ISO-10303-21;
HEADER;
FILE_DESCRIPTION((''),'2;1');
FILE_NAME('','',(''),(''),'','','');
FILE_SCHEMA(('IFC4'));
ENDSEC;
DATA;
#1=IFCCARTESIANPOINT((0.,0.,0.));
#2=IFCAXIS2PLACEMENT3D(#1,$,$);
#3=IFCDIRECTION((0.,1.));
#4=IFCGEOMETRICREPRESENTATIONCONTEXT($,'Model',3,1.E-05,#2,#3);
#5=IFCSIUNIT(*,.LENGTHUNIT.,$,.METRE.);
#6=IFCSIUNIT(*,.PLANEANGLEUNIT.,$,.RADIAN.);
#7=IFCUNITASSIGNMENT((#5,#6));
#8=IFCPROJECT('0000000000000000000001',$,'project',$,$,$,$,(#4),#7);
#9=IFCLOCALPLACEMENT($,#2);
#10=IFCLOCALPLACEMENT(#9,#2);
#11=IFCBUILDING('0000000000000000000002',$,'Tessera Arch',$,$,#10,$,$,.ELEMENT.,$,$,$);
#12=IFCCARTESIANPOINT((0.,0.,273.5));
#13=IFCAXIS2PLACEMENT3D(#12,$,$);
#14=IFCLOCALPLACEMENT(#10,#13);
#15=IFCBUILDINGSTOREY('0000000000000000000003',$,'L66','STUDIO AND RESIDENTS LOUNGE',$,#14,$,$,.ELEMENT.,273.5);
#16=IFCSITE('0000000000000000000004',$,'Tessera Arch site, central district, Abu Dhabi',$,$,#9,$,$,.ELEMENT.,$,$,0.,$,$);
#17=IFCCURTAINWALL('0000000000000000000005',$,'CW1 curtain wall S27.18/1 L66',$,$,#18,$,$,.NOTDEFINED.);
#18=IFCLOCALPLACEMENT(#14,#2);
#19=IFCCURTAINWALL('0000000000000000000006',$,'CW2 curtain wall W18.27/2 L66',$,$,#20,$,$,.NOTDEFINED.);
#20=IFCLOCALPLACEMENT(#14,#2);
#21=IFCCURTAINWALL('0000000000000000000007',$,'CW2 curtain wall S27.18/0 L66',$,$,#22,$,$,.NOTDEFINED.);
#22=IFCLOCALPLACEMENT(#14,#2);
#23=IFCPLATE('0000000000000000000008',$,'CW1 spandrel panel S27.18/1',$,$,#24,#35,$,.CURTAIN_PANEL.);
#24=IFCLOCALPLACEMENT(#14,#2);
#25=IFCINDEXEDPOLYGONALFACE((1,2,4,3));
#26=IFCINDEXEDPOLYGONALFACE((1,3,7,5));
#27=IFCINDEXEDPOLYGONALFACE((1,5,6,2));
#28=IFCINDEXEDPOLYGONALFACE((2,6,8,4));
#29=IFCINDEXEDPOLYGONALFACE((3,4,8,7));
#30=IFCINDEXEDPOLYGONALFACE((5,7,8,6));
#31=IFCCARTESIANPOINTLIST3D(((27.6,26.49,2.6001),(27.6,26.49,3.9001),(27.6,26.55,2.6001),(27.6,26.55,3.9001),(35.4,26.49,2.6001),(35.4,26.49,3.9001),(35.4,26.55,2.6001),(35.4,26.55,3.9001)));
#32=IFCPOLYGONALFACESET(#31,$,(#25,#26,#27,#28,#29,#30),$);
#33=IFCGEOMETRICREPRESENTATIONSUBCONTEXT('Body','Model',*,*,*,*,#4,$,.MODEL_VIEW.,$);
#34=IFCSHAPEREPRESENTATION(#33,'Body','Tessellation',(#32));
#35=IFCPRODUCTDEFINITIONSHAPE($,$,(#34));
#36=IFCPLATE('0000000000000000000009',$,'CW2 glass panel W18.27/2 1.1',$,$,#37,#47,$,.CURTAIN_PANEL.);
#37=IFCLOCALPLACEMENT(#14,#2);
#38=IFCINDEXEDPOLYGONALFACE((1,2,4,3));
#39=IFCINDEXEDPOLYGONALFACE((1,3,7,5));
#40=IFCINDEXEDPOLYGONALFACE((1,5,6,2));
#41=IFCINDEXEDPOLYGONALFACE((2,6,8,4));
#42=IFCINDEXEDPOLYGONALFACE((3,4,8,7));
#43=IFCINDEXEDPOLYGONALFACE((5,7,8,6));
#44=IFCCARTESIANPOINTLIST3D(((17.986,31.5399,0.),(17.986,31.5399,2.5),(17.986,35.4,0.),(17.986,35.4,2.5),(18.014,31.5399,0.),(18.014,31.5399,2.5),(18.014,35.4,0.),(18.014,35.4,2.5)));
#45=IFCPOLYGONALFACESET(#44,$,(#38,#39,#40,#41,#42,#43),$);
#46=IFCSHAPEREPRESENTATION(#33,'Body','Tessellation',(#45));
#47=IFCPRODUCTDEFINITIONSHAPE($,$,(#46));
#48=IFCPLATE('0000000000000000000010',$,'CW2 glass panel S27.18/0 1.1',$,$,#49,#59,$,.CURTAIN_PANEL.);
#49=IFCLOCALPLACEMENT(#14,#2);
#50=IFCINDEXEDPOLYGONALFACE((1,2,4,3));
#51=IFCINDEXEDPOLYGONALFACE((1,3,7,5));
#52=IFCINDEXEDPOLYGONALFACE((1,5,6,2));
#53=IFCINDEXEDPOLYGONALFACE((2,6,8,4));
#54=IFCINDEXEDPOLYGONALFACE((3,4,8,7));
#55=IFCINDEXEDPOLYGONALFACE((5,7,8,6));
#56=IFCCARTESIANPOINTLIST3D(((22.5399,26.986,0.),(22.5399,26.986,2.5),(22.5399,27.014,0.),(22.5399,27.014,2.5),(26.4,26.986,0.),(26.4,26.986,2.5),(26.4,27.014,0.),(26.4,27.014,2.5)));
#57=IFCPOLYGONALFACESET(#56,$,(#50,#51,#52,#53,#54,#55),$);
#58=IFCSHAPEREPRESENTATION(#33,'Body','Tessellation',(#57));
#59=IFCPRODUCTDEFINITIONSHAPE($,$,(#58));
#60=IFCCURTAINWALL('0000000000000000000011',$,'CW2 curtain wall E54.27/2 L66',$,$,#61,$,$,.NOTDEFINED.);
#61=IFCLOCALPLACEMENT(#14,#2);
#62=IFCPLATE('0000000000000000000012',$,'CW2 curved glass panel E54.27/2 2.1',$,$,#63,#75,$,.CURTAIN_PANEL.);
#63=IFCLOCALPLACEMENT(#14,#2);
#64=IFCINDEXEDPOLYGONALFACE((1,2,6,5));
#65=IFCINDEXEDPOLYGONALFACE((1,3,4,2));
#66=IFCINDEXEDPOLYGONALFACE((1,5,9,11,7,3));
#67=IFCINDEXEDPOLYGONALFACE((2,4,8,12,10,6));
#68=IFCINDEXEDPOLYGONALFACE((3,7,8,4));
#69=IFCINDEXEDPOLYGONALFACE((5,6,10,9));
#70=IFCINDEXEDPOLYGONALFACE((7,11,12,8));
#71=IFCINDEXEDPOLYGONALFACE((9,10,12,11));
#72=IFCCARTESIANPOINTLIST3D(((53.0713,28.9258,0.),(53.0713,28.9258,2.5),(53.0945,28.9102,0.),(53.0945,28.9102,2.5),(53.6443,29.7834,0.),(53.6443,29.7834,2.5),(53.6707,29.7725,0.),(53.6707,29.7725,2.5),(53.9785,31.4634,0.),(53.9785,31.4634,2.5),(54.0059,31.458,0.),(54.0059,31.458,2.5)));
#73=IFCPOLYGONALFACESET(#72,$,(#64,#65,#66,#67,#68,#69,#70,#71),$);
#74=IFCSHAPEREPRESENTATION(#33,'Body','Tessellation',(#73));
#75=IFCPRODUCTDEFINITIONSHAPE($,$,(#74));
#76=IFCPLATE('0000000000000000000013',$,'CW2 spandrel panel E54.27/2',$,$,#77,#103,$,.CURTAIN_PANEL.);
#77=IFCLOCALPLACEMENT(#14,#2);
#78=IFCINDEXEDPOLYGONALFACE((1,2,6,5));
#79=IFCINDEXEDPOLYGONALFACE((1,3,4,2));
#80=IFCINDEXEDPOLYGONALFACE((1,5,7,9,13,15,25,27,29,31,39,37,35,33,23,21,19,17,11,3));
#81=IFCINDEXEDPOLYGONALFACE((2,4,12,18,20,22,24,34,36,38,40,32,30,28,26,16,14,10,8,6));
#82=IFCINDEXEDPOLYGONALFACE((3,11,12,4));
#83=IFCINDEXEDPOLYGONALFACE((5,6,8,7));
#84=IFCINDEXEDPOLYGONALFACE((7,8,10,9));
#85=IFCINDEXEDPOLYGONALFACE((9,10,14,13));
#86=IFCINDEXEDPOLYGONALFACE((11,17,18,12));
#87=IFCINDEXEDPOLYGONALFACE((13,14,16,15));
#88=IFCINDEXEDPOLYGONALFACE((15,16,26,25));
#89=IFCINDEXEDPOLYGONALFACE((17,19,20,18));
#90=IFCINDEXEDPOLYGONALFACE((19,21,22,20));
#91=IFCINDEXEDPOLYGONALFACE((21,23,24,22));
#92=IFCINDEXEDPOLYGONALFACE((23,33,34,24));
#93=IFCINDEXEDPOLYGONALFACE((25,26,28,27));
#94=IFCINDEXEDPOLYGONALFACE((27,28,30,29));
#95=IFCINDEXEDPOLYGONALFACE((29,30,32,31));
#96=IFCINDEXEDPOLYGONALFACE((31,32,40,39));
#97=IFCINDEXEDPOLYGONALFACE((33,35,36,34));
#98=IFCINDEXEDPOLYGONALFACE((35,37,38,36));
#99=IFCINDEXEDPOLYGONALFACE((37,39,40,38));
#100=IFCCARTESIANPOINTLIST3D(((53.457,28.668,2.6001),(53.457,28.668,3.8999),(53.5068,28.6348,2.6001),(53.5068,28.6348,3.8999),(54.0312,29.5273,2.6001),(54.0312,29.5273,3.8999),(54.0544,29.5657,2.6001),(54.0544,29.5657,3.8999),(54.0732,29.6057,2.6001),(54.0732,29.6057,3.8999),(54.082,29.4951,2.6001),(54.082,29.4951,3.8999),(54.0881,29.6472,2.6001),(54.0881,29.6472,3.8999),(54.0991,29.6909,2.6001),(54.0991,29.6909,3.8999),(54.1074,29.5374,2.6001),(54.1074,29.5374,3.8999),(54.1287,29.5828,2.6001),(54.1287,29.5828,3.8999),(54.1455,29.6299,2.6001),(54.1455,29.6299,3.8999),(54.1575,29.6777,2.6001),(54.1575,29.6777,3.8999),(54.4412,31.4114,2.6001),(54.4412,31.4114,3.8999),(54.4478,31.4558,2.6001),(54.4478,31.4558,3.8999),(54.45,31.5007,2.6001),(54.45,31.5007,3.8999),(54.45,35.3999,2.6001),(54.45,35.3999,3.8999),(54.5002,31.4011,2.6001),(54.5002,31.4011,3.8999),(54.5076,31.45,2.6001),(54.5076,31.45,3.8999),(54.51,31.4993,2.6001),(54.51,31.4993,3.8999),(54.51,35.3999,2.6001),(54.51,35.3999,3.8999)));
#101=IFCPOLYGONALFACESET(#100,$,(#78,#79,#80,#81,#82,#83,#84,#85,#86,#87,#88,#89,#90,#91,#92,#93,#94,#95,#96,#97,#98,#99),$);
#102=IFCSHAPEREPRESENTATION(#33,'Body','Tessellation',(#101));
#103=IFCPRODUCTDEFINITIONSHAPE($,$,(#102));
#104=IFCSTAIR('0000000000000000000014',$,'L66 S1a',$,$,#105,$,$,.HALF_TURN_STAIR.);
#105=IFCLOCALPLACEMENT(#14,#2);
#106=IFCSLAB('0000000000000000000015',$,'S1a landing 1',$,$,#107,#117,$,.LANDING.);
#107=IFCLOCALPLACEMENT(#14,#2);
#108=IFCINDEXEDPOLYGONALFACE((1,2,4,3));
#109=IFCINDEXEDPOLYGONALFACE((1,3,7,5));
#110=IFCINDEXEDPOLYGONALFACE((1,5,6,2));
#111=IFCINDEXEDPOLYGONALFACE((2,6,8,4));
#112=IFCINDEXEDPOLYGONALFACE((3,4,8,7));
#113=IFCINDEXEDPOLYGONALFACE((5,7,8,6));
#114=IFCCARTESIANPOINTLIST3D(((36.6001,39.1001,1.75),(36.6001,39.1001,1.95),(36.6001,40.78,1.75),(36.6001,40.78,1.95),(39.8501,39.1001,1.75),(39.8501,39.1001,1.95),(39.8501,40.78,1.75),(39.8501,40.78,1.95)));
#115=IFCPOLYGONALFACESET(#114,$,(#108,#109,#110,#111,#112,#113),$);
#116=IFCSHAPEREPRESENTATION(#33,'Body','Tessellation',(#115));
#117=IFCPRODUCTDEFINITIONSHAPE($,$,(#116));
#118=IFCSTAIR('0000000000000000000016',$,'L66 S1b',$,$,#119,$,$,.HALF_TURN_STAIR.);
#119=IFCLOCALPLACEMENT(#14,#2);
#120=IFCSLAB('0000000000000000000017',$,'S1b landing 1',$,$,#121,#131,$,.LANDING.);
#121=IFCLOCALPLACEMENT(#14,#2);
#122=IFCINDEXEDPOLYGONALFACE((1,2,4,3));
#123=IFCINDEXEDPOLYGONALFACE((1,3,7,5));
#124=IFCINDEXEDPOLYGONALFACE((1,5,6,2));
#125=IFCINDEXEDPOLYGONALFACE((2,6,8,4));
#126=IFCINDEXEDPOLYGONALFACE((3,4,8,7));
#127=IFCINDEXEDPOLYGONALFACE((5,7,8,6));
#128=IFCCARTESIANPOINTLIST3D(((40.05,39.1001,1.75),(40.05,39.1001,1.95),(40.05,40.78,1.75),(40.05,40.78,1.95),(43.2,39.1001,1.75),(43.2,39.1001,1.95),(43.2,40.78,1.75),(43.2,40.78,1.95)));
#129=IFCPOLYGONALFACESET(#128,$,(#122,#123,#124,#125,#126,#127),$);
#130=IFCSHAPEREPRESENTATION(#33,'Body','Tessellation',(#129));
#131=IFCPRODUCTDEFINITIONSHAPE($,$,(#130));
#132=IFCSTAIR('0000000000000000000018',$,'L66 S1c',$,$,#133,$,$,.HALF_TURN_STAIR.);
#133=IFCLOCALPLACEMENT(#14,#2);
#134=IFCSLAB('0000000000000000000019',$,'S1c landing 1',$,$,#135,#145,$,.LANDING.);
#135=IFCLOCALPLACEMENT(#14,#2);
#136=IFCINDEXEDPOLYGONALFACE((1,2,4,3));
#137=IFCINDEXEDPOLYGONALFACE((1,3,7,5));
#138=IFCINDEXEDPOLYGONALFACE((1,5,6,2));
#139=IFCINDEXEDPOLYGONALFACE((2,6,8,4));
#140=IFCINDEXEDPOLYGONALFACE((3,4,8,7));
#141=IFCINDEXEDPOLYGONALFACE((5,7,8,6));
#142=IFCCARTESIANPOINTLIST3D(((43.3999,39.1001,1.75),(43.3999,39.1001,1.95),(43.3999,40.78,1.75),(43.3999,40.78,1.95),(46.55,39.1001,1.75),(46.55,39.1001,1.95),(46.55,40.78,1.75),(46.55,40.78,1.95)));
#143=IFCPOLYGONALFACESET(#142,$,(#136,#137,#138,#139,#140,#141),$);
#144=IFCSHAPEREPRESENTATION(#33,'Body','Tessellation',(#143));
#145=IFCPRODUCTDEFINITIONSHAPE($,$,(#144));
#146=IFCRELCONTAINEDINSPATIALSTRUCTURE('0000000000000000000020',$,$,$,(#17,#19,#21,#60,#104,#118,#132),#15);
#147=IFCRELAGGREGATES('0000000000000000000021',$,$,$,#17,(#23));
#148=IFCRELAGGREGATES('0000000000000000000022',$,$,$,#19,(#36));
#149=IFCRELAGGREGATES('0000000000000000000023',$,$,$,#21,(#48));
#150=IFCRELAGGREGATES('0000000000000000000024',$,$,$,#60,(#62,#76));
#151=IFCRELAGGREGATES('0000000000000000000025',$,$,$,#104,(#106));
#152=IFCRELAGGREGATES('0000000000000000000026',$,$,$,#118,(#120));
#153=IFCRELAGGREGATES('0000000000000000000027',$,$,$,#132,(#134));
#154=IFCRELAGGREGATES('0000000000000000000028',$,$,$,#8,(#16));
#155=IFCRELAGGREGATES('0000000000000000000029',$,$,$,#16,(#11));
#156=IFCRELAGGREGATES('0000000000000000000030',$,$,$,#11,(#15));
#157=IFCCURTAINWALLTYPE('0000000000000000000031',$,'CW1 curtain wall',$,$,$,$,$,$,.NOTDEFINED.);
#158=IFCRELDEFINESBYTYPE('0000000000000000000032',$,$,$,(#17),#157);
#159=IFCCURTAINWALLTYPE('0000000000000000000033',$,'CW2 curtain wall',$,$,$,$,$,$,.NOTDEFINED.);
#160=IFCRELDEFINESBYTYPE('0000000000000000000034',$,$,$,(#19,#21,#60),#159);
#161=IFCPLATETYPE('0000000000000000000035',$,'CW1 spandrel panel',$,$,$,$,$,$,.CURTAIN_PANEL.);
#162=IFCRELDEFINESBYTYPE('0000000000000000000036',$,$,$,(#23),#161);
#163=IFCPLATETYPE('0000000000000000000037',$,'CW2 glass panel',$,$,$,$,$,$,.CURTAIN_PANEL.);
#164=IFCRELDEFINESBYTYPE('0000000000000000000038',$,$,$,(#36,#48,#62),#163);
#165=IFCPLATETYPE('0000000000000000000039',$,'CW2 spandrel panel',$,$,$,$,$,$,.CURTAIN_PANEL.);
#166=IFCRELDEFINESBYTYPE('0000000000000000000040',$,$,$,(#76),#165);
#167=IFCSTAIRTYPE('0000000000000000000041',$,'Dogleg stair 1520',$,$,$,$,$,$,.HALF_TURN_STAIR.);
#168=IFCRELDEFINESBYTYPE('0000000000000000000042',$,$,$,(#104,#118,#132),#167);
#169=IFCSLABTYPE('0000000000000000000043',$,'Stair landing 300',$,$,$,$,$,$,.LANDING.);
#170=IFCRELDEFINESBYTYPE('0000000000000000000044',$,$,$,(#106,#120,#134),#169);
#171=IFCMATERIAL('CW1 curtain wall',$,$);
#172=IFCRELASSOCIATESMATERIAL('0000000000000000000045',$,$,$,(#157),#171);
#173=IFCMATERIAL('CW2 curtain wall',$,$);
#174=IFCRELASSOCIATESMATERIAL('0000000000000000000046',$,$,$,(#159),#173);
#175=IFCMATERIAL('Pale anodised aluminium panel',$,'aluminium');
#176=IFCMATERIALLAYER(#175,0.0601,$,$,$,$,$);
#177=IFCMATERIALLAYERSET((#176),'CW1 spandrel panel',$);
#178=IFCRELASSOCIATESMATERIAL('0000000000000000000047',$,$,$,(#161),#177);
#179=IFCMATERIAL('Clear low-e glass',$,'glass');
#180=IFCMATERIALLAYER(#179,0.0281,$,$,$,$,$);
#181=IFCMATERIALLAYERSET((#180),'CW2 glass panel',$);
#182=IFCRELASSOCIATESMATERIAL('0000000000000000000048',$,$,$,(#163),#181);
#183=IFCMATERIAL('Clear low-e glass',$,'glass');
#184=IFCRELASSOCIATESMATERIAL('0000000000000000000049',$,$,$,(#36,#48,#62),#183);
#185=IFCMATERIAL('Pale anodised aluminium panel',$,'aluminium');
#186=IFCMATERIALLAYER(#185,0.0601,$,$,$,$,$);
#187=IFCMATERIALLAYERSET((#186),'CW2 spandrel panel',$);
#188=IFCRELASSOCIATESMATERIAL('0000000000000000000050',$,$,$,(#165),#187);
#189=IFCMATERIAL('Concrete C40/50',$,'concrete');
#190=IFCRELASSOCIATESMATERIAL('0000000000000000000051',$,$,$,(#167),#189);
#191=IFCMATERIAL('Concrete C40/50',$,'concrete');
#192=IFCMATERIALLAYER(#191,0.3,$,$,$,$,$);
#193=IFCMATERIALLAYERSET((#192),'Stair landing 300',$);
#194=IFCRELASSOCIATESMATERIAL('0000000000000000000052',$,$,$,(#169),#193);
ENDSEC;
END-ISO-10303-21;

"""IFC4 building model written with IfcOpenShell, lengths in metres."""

from ifc_helpers import new_model, si_unit, direction, frame, origin, origin_2d, place, context, subcontext, project, spatial, polyline, rectangle, outline, extrude, material, layer, layer_set, type_object, element, aggregate, save


model = new_model("IFC4")

# Units and contexts
model_context = context("Model", 3, precision=1e-05, world=origin(), true_north=direction((0.0, 1.0)))
body_context = subcontext(model_context, "Body", "Model", "MODEL_VIEW")
ifc_project = project(units=[si_unit("LENGTHUNIT", "METRE"), si_unit("PLANEANGLEUNIT", "RADIAN")], contexts=[model_context])

# Site, building, storey
site_placement = place(None, origin())
site = spatial("IfcSite", under=ifc_project, at=site_placement, Name="Tessera Arch site, central district, Abu Dhabi", CompositionType="ELEMENT", RefElevation=0.0)
building_placement = place(site_placement, origin())
building = spatial("IfcBuilding", under=site, at=building_placement, Name="Tessera Arch", CompositionType="ELEMENT")
storey_placement = place(building_placement, frame((0.0, 0.0, 273.5)))
storey = spatial("IfcBuildingStorey", under=building, at=storey_placement, Name="L66", Description="STUDIO AND RESIDENTS LOUNGE", CompositionType="ELEMENT", Elevation=273.5)

# Curtain wall
ifc_material_1 = material(Name="CW1 curtain wall")
curtain_wall_type_1 = type_object("IfcCurtainWallType", Name="CW1 curtain wall", PredefinedType="NOTDEFINED", material=ifc_material_1)
curtain_wall_1_placement = place(storey_placement, origin())
curtain_wall_1 = element("IfcCurtainWall", 1, at=curtain_wall_1_placement, inside=storey, type_object=curtain_wall_type_1, Name="CW1 curtain wall S27.18/1 L66", PredefinedType="NOTDEFINED")

# Curtain walls
ifc_material_2 = material(Name="CW2 curtain wall")
curtain_wall_type_2 = type_object("IfcCurtainWallType", Name="CW2 curtain wall", PredefinedType="NOTDEFINED", material=ifc_material_2)
curtain_wall_2_placement = place(storey_placement, origin())
curtain_wall_2 = element("IfcCurtainWall", 2, at=curtain_wall_2_placement, inside=storey, type_object=curtain_wall_type_2, Name="CW2 curtain wall W18.27/2 L66", PredefinedType="NOTDEFINED")
curtain_wall_3_placement = place(storey_placement, origin())
curtain_wall_3 = element("IfcCurtainWall", 3, at=curtain_wall_3_placement, inside=storey, type_object=curtain_wall_type_2, Name="CW2 curtain wall S27.18/0 L66", PredefinedType="NOTDEFINED")

# Plates
ifc_material_3 = material(Name="Clear low-e glass", Category="glass")
ifc_material_4 = material(Name="Pale anodised aluminium panel", Category="aluminium")
ifc_layer_1 = layer(ifc_material_4, 0.0601)
ifc_layer_set_1 = layer_set([ifc_layer_1], Name="CW1 spandrel panel")
plate_type_1 = type_object("IfcPlateType", Name="CW1 spandrel panel", PredefinedType="CURTAIN_PANEL", material=ifc_layer_set_1)
plate_1_placement = place(storey_placement, frame((31.5, 26.52, 2.6001), z_axis=(0.0, 0.0, 1.0), x_axis=(1.0, 0.0, 0.0)))
plate_1 = element("IfcPlate", 4, at=plate_1_placement, type_object=plate_type_1, Name="CW1 spandrel panel S27.18/1", PredefinedType="CURTAIN_PANEL", context=body_context, shape_type="SweptSolid", body=[
    extrude(rectangle(XDim=7.8, YDim=0.0601, at=origin_2d()), origin(), (0.0, 0.0, 1.0), 1.3),
])
aggregate(curtain_wall_1, [plate_1])
ifc_material_5 = material(Name="Clear low-e glass", Category="glass")
ifc_layer_2 = layer(ifc_material_5, 0.0281)
ifc_layer_set_2 = layer_set([ifc_layer_2], Name="CW2 glass panel")
plate_type_2 = type_object("IfcPlateType", Name="CW2 glass panel", PredefinedType="CURTAIN_PANEL", material=ifc_layer_set_2)
plate_2_placement = place(storey_placement, frame((18.0, 33.47, 0.0), z_axis=(0.0, 0.0, 1.0), x_axis=(0.0, -1.0, 0.0)))
plate_2 = element("IfcPlate", 5, at=plate_2_placement, type_object=plate_type_2, material=ifc_material_3, Name="CW2 glass panel W18.27/2 1.1", PredefinedType="CURTAIN_PANEL", context=body_context, shape_type="SweptSolid", body=[
    extrude(rectangle(XDim=3.8601, YDim=0.0281, at=origin_2d()), origin(), (0.0, 0.0, 1.0), 2.5),
])
aggregate(curtain_wall_2, [plate_2])
plate_3_placement = place(storey_placement, frame((24.47, 27.0, 0.0), z_axis=(0.0, 0.0, 1.0), x_axis=(1.0, 0.0, 0.0)))
plate_3 = element("IfcPlate", 6, at=plate_3_placement, type_object=plate_type_2, material=ifc_material_3, Name="CW2 glass panel S27.18/0 1.1", PredefinedType="CURTAIN_PANEL", context=body_context, shape_type="SweptSolid", body=[
    extrude(rectangle(XDim=3.8601, YDim=0.0281, at=origin_2d()), origin(), (0.0, 0.0, 1.0), 2.5),
])
aggregate(curtain_wall_3, [plate_3])

# Curtain wall, plates
curtain_wall_4_placement = place(storey_placement, origin())
curtain_wall_4 = element("IfcCurtainWall", 7, at=curtain_wall_4_placement, inside=storey, type_object=curtain_wall_type_2, Name="CW2 curtain wall E54.27/2 L66", PredefinedType="NOTDEFINED")
plate_4_placement = place(storey_placement, origin())
plate_4 = element("IfcPlate", 8, at=plate_4_placement, type_object=plate_type_2, material=ifc_material_3, Name="CW2 curved glass panel E54.27/2 2.1", PredefinedType="CURTAIN_PANEL", context=body_context, shape_type="SweptSolid", body=[
    extrude(outline(polyline([(53.6443, 29.7834), (53.0713, 28.9258), (53.0945, 28.9102), (53.6707, 29.7725), (54.0059, 31.458), (53.9785, 31.4634), (53.6443, 29.7834)])), origin(), (0.0, 0.0, 1.0), 2.5),
])
ifc_material_6 = material(Name="Pale anodised aluminium panel", Category="aluminium")
ifc_layer_3 = layer(ifc_material_6, 0.0601)
ifc_layer_set_3 = layer_set([ifc_layer_3], Name="CW2 spandrel panel")
plate_type_3 = type_object("IfcPlateType", Name="CW2 spandrel panel", PredefinedType="CURTAIN_PANEL", material=ifc_layer_set_3)
plate_5_placement = place(storey_placement, frame((0.0, 0.0, 2.6001)))
plate_5 = element("IfcPlate", 9, at=plate_5_placement, type_object=plate_type_3, Name="CW2 spandrel panel E54.27/2", PredefinedType="CURTAIN_PANEL", context=body_context, shape_type="SweptSolid", body=[
    extrude(outline(polyline([(54.0312, 29.5273), (53.457, 28.668), (53.5068, 28.6348), (54.082, 29.4951), (54.1074, 29.5374), (54.1287, 29.5828), (54.1455, 29.6299), (54.1575, 29.6777), (54.5002, 31.4011), (54.5076, 31.45), (54.51, 31.4993), (54.51, 35.3999), (54.45, 35.3999), (54.45, 31.5007), (54.4478, 31.4558), (54.4412, 31.4114), (54.0991, 29.6909), (54.0881, 29.6472), (54.0732, 29.6057), (54.0544, 29.5657), (54.0312, 29.5273)])), origin(), (0.0, 0.0, 1.0), 1.2998),
])
aggregate(curtain_wall_4, [plate_4, plate_5])

# Stairs, slabs
ifc_material_7 = material(Name="Concrete C40/50", Category="concrete")
stair_type = type_object("IfcStairType", Name="Dogleg stair 1520", PredefinedType="HALF_TURN_STAIR", material=ifc_material_7)
stair_1_placement = place(storey_placement, origin())
stair_1 = element("IfcStair", 10, at=stair_1_placement, inside=storey, type_object=stair_type, Name="L66 S1a", PredefinedType="HALF_TURN_STAIR")
ifc_material_8 = material(Name="Concrete C40/50", Category="concrete")
ifc_layer_4 = layer(ifc_material_8, 0.3)
ifc_layer_set_4 = layer_set([ifc_layer_4], Name="Stair landing 300")
slab_type = type_object("IfcSlabType", Name="Stair landing 300", PredefinedType="LANDING", material=ifc_layer_set_4)
slab_1_placement = place(storey_placement, frame((0.0, 0.0, 1.75)))
slab_1 = element("IfcSlab", 11, at=slab_1_placement, type_object=slab_type, Name="S1a landing 1", PredefinedType="LANDING", context=body_context, shape_type="SweptSolid", body=[
    extrude(outline(polyline([(36.6001, 40.78), (36.6001, 39.1001), (39.8501, 39.1001), (39.8501, 40.78), (36.6001, 40.78)])), origin(), (0.0, 0.0, 1.0), 0.2),
])
aggregate(stair_1, [slab_1])
stair_2_placement = place(storey_placement, origin())
stair_2 = element("IfcStair", 12, at=stair_2_placement, inside=storey, type_object=stair_type, Name="L66 S1b", PredefinedType="HALF_TURN_STAIR")
slab_2_placement = place(storey_placement, frame((0.0, 0.0, 1.75)))
slab_2 = element("IfcSlab", 13, at=slab_2_placement, type_object=slab_type, Name="S1b landing 1", PredefinedType="LANDING", context=body_context, shape_type="SweptSolid", body=[
    extrude(outline(polyline([(40.05, 40.78), (40.05, 39.1001), (43.2, 39.1001), (43.2, 40.78), (40.05, 40.78)])), origin(), (0.0, 0.0, 1.0), 0.2),
])
aggregate(stair_2, [slab_2])
stair_3_placement = place(storey_placement, origin())
stair_3 = element("IfcStair", 14, at=stair_3_placement, inside=storey, type_object=stair_type, Name="L66 S1c", PredefinedType="HALF_TURN_STAIR")
slab_3_placement = place(storey_placement, frame((0.0, 0.0, 1.75)))
slab_3 = element("IfcSlab", 15, at=slab_3_placement, type_object=slab_type, Name="S1c landing 1", PredefinedType="LANDING", context=body_context, shape_type="SweptSolid", body=[
    extrude(outline(polyline([(43.3999, 40.78), (43.3999, 39.1001), (46.55, 39.1001), (46.55, 40.78), (43.3999, 40.78)])), origin(), (0.0, 0.0, 1.0), 0.2),
])
aggregate(stair_3, [slab_3])

save(model, "model.ifc")
